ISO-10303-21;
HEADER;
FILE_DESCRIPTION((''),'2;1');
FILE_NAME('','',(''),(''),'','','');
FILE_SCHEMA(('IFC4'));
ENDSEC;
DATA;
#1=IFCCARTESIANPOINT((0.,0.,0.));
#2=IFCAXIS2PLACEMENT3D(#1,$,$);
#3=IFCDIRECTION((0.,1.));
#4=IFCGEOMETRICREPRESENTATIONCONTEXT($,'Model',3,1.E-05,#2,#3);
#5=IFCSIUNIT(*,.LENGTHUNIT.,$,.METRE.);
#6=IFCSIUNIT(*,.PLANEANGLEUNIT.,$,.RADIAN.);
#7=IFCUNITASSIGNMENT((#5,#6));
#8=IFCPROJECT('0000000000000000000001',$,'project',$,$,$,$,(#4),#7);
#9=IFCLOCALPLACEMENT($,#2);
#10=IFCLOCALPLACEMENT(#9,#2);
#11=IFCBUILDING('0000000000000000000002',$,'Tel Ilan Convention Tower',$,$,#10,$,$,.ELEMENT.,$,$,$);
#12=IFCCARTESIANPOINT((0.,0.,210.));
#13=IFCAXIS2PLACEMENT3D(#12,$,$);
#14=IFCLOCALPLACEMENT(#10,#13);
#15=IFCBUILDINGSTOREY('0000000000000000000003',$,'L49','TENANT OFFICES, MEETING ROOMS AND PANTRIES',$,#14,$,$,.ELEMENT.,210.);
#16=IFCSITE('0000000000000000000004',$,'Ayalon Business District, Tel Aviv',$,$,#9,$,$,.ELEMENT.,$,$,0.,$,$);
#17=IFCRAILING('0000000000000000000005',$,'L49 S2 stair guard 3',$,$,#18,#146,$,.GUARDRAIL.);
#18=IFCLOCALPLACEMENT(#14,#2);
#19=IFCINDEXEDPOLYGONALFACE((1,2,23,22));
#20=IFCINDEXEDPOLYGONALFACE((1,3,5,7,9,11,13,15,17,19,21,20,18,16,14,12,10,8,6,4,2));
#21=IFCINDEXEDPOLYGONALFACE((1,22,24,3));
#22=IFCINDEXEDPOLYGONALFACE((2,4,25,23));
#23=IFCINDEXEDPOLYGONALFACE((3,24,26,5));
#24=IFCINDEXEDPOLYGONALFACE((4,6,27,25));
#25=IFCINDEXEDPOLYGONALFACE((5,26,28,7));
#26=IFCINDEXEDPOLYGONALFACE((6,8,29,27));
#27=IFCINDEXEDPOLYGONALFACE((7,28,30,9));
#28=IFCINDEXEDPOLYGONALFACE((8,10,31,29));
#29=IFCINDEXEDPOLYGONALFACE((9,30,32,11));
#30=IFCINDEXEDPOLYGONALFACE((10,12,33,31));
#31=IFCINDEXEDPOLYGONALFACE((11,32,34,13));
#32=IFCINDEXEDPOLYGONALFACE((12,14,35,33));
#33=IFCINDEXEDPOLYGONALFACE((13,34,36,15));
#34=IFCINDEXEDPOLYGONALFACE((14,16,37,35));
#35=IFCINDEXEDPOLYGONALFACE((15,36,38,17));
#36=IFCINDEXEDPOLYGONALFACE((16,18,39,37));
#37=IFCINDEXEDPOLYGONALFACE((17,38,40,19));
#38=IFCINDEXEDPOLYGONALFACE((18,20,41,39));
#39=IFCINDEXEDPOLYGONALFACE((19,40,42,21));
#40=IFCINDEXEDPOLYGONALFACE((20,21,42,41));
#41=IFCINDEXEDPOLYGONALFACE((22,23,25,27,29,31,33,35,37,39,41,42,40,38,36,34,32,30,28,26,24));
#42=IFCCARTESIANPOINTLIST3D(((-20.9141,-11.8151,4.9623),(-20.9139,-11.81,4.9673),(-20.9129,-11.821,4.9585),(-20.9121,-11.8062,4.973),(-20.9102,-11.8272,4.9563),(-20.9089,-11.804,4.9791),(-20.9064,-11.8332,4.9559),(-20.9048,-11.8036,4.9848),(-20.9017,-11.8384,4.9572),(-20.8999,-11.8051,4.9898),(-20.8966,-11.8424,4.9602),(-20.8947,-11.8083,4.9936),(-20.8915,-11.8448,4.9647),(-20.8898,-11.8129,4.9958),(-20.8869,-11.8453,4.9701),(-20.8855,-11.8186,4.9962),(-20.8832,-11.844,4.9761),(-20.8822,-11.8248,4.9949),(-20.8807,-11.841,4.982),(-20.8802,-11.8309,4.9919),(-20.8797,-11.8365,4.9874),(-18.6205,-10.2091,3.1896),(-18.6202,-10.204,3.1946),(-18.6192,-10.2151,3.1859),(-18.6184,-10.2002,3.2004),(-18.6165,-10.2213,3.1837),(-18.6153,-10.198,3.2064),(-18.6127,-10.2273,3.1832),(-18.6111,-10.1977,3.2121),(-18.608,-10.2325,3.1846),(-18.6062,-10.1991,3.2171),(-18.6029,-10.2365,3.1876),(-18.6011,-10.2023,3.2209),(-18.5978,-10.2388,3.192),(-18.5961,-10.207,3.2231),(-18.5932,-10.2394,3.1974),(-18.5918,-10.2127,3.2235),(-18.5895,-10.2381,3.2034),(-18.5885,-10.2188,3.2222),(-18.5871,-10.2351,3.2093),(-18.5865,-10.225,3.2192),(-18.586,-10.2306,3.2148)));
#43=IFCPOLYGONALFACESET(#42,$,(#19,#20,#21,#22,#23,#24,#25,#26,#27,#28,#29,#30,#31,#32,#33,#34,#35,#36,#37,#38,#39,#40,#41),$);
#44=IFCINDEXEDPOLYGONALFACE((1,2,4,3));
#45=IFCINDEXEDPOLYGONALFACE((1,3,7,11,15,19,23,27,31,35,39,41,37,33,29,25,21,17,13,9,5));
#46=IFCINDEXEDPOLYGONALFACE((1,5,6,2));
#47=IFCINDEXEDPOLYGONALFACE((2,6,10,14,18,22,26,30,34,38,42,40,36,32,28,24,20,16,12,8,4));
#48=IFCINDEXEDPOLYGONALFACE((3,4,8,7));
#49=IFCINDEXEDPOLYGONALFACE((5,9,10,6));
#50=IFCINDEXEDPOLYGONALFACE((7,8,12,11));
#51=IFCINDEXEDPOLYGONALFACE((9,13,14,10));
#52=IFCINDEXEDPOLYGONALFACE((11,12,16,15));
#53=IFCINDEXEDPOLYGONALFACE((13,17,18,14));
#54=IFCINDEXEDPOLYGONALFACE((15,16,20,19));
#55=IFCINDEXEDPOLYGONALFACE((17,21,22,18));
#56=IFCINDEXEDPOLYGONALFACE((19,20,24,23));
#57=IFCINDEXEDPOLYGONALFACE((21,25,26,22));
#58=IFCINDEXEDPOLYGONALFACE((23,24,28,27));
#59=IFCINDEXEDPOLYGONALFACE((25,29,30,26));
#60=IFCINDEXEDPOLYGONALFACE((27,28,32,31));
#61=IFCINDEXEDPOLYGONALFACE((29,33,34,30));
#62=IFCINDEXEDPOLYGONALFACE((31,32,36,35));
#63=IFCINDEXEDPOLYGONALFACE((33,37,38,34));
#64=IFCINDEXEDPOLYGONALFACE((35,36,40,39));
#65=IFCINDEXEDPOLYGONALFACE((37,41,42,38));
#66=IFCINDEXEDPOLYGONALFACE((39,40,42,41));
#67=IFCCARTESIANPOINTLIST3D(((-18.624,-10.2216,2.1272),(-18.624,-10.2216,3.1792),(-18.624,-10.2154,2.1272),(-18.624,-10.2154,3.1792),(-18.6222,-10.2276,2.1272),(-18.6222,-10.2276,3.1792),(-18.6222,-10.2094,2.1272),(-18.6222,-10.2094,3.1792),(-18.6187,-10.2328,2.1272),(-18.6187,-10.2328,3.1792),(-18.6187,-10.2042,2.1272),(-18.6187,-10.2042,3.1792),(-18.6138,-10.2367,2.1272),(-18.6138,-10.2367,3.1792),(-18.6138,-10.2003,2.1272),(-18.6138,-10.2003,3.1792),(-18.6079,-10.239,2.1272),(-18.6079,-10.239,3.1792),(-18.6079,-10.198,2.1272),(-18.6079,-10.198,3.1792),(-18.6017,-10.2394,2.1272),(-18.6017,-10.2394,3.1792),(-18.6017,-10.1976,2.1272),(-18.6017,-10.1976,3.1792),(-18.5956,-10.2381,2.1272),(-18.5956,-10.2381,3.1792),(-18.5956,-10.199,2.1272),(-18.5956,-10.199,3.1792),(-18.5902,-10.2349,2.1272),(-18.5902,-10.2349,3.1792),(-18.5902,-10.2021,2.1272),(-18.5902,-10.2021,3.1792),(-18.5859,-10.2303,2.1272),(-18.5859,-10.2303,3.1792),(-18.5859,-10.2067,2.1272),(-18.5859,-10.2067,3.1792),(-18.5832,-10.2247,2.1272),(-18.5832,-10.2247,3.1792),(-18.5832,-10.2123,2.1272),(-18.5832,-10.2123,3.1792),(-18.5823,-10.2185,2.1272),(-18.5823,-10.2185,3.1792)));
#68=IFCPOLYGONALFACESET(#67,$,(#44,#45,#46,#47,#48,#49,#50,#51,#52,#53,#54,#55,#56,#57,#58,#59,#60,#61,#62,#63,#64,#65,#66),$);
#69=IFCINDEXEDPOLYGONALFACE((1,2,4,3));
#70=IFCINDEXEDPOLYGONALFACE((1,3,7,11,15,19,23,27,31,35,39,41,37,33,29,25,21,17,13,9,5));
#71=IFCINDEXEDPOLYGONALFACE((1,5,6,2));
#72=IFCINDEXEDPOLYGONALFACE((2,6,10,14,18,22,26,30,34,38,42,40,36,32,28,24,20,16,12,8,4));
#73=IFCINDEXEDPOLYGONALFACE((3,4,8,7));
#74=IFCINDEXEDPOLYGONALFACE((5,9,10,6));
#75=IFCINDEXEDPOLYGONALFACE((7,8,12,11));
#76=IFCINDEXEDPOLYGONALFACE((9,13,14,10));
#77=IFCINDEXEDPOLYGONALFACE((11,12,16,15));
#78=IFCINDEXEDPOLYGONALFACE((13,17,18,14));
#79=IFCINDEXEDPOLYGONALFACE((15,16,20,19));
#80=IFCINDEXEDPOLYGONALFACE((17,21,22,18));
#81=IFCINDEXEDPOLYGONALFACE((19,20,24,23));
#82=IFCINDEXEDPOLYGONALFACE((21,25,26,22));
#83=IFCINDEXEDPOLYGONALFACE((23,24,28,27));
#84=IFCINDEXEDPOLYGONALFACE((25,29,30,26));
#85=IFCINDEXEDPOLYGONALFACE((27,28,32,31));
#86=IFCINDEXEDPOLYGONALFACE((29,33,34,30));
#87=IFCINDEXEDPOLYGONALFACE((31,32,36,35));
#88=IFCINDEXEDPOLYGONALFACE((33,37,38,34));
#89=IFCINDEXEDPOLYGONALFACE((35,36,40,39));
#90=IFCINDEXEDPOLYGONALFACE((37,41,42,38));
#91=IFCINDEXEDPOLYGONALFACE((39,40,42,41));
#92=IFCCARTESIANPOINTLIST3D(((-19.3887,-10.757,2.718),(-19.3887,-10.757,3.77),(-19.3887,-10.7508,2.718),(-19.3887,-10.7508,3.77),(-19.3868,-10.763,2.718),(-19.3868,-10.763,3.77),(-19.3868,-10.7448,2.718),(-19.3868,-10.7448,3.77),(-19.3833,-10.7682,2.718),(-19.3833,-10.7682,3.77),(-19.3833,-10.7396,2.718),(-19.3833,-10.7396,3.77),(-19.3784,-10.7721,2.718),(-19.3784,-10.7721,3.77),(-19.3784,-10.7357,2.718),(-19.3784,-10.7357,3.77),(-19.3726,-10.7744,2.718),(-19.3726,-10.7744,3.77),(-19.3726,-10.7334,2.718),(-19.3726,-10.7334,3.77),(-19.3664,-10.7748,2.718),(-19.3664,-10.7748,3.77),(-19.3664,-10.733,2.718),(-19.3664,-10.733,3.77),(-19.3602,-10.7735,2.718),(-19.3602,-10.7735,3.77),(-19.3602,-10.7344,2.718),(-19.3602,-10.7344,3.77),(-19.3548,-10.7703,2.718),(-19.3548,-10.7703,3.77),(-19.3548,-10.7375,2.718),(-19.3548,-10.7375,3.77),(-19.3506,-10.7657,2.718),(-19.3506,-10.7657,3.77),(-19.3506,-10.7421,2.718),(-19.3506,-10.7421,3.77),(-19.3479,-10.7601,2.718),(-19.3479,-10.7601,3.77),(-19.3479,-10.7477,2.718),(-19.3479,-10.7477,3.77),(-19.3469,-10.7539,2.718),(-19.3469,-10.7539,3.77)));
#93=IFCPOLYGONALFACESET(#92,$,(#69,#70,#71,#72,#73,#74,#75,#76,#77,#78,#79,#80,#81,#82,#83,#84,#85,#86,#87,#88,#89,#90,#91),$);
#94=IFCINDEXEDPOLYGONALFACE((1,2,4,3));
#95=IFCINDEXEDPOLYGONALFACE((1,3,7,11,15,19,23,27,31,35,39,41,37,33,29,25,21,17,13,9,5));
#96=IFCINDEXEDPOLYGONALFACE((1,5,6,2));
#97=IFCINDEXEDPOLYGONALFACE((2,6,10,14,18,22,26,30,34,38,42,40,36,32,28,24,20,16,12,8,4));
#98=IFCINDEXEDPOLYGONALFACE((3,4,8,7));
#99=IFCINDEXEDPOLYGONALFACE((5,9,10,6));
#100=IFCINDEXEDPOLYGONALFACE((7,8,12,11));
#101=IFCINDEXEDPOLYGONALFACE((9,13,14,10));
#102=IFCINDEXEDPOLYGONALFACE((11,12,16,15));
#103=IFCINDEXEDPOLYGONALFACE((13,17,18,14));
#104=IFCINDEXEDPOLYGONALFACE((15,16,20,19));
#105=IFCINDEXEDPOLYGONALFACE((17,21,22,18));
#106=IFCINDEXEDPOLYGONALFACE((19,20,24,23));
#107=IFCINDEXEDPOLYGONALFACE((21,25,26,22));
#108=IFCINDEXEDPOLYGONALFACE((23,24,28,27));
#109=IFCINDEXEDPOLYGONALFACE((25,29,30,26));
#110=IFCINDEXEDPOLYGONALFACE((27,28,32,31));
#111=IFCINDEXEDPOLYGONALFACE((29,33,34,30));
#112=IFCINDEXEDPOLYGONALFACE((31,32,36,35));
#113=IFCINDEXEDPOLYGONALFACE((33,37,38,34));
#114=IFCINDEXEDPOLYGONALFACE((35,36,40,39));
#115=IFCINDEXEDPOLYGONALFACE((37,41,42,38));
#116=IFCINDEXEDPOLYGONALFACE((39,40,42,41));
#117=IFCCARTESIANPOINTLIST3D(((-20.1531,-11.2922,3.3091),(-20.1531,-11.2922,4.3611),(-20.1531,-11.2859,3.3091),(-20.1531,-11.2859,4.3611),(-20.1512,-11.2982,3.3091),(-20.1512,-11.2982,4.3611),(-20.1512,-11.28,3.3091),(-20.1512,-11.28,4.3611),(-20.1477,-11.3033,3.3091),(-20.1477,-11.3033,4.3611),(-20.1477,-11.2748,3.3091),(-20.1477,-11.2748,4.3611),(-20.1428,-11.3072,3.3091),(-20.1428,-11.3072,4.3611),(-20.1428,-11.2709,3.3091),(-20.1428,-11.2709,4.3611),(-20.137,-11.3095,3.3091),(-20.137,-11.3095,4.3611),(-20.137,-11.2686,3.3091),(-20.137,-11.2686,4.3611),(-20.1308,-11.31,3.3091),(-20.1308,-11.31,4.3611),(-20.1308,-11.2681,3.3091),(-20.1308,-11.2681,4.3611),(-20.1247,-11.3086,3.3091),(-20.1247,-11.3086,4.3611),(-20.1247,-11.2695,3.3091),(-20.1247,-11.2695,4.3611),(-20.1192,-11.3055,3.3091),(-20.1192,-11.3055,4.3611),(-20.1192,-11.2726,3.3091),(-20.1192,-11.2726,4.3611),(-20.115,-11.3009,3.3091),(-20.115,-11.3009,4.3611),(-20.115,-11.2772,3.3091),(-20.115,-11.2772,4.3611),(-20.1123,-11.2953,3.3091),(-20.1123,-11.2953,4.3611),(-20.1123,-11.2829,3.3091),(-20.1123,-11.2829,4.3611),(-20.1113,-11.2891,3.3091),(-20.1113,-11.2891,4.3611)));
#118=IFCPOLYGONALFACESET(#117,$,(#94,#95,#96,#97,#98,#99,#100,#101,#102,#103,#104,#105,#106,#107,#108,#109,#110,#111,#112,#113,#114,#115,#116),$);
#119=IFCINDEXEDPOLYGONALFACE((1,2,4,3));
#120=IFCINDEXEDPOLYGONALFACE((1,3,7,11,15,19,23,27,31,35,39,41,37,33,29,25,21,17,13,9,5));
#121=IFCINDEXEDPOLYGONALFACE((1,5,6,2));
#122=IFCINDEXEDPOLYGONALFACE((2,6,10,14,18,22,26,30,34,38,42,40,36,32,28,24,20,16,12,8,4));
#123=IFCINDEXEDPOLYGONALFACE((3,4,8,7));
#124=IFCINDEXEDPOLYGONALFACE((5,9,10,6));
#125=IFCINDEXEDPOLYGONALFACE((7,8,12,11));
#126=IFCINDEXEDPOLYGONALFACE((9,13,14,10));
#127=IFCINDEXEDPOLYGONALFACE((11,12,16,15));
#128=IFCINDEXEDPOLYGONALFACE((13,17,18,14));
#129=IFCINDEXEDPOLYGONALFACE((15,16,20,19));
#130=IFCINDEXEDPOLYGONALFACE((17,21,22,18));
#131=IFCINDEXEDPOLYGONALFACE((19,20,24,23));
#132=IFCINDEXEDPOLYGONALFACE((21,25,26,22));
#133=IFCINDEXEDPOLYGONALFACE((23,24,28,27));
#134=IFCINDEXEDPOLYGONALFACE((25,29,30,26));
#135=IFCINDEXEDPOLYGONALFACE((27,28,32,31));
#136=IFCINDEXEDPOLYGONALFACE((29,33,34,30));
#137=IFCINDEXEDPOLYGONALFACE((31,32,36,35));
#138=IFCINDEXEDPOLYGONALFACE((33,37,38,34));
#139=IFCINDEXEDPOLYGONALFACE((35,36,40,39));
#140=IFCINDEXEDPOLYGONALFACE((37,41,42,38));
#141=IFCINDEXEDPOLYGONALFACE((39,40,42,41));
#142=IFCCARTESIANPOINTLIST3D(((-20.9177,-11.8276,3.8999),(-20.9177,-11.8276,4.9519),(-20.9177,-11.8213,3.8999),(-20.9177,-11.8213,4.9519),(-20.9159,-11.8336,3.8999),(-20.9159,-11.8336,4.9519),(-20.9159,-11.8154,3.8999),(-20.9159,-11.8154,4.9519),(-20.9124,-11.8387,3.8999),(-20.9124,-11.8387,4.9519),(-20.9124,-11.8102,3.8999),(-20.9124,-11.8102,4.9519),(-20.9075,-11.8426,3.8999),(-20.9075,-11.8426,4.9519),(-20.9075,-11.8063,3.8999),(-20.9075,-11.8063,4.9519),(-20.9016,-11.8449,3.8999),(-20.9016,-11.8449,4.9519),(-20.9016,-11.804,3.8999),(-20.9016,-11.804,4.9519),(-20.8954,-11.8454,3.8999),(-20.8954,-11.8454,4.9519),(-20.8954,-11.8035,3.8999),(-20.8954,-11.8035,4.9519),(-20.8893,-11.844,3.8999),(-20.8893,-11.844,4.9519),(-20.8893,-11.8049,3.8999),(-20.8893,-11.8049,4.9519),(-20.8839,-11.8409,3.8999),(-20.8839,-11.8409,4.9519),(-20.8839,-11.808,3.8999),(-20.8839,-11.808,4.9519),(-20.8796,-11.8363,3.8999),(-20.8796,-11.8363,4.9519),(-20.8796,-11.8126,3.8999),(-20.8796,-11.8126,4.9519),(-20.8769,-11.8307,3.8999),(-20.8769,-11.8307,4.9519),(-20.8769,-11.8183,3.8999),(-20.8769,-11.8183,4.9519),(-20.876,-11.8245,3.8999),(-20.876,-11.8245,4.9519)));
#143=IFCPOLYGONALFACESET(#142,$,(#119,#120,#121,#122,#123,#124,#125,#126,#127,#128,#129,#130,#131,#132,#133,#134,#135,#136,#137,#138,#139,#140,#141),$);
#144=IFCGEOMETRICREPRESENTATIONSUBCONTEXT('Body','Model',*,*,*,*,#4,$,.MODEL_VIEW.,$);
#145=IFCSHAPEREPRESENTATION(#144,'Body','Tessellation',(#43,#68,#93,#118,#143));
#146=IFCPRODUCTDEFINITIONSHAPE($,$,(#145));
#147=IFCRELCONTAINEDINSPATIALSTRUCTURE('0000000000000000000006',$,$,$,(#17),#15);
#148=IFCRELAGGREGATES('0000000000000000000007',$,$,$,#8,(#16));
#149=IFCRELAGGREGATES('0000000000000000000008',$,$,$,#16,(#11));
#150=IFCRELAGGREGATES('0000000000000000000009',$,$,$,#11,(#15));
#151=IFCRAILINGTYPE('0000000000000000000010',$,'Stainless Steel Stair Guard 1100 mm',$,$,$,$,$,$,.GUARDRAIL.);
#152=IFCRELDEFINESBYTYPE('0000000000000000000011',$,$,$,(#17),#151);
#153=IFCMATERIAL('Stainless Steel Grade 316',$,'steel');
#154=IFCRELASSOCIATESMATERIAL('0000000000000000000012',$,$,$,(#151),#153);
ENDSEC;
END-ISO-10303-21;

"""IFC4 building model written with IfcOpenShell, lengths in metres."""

from ifc_helpers import new_model, si_unit, direction, frame, origin, origin_2d, place, context, subcontext, project, spatial, circle, extrude, material, type_object, element, save


model = new_model("IFC4")

# Units and contexts
model_context = context("Model", 3, precision=1e-05, world=origin(), true_north=direction((0.0, 1.0)))
body_context = subcontext(model_context, "Body", "Model", "MODEL_VIEW")
ifc_project = project(units=[si_unit("LENGTHUNIT", "METRE"), si_unit("PLANEANGLEUNIT", "RADIAN")], contexts=[model_context])

# Site, building, storey
site_placement = place(None, origin())
site = spatial("IfcSite", under=ifc_project, at=site_placement, Name="Ayalon Business District, Tel Aviv", CompositionType="ELEMENT", RefElevation=0.0)
building_placement = place(site_placement, origin())
building = spatial("IfcBuilding", under=site, at=building_placement, Name="Tel Ilan Convention Tower", CompositionType="ELEMENT")
storey_placement = place(building_placement, frame((0.0, 0.0, 210.0)))
storey = spatial("IfcBuildingStorey", under=building, at=storey_placement, Name="L49", Description="TENANT OFFICES, MEETING ROOMS AND PANTRIES", CompositionType="ELEMENT", Elevation=210.0)

# Railing
ifc_material_1 = material(Name="Stainless Steel Grade 316", Category="steel")
railing_type_1 = type_object("IfcRailingType", Name="Stainless Steel Stair Guard 1100 mm", PredefinedType="GUARDRAIL", material=ifc_material_1)
railing_1_placement = place(storey_placement, frame((-18.6033, -10.2185, 2.1272)))
element("IfcRailing", 1, at=railing_1_placement, inside=storey, type_object=railing_type_1, Name="L49 S2 stair guard 3", PredefinedType="GUARDRAIL", context=body_context, shape_type="SweptSolid", body=[
    extrude(circle(Radius=0.0239, at=origin_2d()), frame((0.0, 0.0, 1.0762), z_axis=(-0.692123, -0.484597, 0.534913), x_axis=(0.57355, -0.81917, 0.0)), (0.0, 0.0, 1.0), 3.314),
    extrude(circle(Radius=0.021, at=origin_2d()), origin(), (0.0, 0.0, 1.0), 1.052),
    extrude(circle(Radius=0.021, at=origin_2d()), frame((-0.7646, -0.5354, 0.5908)), (0.0, 0.0, 1.0), 1.052),
    extrude(circle(Radius=0.021, at=origin_2d()), frame((-1.5291, -1.0706, 1.1819)), (0.0, 0.0, 1.0), 1.052),
    extrude(circle(Radius=0.021, at=origin_2d()), frame((-2.2937, -1.606, 1.7727)), (0.0, 0.0, 1.0), 1.052),
])

save(model, "model.ifc")
